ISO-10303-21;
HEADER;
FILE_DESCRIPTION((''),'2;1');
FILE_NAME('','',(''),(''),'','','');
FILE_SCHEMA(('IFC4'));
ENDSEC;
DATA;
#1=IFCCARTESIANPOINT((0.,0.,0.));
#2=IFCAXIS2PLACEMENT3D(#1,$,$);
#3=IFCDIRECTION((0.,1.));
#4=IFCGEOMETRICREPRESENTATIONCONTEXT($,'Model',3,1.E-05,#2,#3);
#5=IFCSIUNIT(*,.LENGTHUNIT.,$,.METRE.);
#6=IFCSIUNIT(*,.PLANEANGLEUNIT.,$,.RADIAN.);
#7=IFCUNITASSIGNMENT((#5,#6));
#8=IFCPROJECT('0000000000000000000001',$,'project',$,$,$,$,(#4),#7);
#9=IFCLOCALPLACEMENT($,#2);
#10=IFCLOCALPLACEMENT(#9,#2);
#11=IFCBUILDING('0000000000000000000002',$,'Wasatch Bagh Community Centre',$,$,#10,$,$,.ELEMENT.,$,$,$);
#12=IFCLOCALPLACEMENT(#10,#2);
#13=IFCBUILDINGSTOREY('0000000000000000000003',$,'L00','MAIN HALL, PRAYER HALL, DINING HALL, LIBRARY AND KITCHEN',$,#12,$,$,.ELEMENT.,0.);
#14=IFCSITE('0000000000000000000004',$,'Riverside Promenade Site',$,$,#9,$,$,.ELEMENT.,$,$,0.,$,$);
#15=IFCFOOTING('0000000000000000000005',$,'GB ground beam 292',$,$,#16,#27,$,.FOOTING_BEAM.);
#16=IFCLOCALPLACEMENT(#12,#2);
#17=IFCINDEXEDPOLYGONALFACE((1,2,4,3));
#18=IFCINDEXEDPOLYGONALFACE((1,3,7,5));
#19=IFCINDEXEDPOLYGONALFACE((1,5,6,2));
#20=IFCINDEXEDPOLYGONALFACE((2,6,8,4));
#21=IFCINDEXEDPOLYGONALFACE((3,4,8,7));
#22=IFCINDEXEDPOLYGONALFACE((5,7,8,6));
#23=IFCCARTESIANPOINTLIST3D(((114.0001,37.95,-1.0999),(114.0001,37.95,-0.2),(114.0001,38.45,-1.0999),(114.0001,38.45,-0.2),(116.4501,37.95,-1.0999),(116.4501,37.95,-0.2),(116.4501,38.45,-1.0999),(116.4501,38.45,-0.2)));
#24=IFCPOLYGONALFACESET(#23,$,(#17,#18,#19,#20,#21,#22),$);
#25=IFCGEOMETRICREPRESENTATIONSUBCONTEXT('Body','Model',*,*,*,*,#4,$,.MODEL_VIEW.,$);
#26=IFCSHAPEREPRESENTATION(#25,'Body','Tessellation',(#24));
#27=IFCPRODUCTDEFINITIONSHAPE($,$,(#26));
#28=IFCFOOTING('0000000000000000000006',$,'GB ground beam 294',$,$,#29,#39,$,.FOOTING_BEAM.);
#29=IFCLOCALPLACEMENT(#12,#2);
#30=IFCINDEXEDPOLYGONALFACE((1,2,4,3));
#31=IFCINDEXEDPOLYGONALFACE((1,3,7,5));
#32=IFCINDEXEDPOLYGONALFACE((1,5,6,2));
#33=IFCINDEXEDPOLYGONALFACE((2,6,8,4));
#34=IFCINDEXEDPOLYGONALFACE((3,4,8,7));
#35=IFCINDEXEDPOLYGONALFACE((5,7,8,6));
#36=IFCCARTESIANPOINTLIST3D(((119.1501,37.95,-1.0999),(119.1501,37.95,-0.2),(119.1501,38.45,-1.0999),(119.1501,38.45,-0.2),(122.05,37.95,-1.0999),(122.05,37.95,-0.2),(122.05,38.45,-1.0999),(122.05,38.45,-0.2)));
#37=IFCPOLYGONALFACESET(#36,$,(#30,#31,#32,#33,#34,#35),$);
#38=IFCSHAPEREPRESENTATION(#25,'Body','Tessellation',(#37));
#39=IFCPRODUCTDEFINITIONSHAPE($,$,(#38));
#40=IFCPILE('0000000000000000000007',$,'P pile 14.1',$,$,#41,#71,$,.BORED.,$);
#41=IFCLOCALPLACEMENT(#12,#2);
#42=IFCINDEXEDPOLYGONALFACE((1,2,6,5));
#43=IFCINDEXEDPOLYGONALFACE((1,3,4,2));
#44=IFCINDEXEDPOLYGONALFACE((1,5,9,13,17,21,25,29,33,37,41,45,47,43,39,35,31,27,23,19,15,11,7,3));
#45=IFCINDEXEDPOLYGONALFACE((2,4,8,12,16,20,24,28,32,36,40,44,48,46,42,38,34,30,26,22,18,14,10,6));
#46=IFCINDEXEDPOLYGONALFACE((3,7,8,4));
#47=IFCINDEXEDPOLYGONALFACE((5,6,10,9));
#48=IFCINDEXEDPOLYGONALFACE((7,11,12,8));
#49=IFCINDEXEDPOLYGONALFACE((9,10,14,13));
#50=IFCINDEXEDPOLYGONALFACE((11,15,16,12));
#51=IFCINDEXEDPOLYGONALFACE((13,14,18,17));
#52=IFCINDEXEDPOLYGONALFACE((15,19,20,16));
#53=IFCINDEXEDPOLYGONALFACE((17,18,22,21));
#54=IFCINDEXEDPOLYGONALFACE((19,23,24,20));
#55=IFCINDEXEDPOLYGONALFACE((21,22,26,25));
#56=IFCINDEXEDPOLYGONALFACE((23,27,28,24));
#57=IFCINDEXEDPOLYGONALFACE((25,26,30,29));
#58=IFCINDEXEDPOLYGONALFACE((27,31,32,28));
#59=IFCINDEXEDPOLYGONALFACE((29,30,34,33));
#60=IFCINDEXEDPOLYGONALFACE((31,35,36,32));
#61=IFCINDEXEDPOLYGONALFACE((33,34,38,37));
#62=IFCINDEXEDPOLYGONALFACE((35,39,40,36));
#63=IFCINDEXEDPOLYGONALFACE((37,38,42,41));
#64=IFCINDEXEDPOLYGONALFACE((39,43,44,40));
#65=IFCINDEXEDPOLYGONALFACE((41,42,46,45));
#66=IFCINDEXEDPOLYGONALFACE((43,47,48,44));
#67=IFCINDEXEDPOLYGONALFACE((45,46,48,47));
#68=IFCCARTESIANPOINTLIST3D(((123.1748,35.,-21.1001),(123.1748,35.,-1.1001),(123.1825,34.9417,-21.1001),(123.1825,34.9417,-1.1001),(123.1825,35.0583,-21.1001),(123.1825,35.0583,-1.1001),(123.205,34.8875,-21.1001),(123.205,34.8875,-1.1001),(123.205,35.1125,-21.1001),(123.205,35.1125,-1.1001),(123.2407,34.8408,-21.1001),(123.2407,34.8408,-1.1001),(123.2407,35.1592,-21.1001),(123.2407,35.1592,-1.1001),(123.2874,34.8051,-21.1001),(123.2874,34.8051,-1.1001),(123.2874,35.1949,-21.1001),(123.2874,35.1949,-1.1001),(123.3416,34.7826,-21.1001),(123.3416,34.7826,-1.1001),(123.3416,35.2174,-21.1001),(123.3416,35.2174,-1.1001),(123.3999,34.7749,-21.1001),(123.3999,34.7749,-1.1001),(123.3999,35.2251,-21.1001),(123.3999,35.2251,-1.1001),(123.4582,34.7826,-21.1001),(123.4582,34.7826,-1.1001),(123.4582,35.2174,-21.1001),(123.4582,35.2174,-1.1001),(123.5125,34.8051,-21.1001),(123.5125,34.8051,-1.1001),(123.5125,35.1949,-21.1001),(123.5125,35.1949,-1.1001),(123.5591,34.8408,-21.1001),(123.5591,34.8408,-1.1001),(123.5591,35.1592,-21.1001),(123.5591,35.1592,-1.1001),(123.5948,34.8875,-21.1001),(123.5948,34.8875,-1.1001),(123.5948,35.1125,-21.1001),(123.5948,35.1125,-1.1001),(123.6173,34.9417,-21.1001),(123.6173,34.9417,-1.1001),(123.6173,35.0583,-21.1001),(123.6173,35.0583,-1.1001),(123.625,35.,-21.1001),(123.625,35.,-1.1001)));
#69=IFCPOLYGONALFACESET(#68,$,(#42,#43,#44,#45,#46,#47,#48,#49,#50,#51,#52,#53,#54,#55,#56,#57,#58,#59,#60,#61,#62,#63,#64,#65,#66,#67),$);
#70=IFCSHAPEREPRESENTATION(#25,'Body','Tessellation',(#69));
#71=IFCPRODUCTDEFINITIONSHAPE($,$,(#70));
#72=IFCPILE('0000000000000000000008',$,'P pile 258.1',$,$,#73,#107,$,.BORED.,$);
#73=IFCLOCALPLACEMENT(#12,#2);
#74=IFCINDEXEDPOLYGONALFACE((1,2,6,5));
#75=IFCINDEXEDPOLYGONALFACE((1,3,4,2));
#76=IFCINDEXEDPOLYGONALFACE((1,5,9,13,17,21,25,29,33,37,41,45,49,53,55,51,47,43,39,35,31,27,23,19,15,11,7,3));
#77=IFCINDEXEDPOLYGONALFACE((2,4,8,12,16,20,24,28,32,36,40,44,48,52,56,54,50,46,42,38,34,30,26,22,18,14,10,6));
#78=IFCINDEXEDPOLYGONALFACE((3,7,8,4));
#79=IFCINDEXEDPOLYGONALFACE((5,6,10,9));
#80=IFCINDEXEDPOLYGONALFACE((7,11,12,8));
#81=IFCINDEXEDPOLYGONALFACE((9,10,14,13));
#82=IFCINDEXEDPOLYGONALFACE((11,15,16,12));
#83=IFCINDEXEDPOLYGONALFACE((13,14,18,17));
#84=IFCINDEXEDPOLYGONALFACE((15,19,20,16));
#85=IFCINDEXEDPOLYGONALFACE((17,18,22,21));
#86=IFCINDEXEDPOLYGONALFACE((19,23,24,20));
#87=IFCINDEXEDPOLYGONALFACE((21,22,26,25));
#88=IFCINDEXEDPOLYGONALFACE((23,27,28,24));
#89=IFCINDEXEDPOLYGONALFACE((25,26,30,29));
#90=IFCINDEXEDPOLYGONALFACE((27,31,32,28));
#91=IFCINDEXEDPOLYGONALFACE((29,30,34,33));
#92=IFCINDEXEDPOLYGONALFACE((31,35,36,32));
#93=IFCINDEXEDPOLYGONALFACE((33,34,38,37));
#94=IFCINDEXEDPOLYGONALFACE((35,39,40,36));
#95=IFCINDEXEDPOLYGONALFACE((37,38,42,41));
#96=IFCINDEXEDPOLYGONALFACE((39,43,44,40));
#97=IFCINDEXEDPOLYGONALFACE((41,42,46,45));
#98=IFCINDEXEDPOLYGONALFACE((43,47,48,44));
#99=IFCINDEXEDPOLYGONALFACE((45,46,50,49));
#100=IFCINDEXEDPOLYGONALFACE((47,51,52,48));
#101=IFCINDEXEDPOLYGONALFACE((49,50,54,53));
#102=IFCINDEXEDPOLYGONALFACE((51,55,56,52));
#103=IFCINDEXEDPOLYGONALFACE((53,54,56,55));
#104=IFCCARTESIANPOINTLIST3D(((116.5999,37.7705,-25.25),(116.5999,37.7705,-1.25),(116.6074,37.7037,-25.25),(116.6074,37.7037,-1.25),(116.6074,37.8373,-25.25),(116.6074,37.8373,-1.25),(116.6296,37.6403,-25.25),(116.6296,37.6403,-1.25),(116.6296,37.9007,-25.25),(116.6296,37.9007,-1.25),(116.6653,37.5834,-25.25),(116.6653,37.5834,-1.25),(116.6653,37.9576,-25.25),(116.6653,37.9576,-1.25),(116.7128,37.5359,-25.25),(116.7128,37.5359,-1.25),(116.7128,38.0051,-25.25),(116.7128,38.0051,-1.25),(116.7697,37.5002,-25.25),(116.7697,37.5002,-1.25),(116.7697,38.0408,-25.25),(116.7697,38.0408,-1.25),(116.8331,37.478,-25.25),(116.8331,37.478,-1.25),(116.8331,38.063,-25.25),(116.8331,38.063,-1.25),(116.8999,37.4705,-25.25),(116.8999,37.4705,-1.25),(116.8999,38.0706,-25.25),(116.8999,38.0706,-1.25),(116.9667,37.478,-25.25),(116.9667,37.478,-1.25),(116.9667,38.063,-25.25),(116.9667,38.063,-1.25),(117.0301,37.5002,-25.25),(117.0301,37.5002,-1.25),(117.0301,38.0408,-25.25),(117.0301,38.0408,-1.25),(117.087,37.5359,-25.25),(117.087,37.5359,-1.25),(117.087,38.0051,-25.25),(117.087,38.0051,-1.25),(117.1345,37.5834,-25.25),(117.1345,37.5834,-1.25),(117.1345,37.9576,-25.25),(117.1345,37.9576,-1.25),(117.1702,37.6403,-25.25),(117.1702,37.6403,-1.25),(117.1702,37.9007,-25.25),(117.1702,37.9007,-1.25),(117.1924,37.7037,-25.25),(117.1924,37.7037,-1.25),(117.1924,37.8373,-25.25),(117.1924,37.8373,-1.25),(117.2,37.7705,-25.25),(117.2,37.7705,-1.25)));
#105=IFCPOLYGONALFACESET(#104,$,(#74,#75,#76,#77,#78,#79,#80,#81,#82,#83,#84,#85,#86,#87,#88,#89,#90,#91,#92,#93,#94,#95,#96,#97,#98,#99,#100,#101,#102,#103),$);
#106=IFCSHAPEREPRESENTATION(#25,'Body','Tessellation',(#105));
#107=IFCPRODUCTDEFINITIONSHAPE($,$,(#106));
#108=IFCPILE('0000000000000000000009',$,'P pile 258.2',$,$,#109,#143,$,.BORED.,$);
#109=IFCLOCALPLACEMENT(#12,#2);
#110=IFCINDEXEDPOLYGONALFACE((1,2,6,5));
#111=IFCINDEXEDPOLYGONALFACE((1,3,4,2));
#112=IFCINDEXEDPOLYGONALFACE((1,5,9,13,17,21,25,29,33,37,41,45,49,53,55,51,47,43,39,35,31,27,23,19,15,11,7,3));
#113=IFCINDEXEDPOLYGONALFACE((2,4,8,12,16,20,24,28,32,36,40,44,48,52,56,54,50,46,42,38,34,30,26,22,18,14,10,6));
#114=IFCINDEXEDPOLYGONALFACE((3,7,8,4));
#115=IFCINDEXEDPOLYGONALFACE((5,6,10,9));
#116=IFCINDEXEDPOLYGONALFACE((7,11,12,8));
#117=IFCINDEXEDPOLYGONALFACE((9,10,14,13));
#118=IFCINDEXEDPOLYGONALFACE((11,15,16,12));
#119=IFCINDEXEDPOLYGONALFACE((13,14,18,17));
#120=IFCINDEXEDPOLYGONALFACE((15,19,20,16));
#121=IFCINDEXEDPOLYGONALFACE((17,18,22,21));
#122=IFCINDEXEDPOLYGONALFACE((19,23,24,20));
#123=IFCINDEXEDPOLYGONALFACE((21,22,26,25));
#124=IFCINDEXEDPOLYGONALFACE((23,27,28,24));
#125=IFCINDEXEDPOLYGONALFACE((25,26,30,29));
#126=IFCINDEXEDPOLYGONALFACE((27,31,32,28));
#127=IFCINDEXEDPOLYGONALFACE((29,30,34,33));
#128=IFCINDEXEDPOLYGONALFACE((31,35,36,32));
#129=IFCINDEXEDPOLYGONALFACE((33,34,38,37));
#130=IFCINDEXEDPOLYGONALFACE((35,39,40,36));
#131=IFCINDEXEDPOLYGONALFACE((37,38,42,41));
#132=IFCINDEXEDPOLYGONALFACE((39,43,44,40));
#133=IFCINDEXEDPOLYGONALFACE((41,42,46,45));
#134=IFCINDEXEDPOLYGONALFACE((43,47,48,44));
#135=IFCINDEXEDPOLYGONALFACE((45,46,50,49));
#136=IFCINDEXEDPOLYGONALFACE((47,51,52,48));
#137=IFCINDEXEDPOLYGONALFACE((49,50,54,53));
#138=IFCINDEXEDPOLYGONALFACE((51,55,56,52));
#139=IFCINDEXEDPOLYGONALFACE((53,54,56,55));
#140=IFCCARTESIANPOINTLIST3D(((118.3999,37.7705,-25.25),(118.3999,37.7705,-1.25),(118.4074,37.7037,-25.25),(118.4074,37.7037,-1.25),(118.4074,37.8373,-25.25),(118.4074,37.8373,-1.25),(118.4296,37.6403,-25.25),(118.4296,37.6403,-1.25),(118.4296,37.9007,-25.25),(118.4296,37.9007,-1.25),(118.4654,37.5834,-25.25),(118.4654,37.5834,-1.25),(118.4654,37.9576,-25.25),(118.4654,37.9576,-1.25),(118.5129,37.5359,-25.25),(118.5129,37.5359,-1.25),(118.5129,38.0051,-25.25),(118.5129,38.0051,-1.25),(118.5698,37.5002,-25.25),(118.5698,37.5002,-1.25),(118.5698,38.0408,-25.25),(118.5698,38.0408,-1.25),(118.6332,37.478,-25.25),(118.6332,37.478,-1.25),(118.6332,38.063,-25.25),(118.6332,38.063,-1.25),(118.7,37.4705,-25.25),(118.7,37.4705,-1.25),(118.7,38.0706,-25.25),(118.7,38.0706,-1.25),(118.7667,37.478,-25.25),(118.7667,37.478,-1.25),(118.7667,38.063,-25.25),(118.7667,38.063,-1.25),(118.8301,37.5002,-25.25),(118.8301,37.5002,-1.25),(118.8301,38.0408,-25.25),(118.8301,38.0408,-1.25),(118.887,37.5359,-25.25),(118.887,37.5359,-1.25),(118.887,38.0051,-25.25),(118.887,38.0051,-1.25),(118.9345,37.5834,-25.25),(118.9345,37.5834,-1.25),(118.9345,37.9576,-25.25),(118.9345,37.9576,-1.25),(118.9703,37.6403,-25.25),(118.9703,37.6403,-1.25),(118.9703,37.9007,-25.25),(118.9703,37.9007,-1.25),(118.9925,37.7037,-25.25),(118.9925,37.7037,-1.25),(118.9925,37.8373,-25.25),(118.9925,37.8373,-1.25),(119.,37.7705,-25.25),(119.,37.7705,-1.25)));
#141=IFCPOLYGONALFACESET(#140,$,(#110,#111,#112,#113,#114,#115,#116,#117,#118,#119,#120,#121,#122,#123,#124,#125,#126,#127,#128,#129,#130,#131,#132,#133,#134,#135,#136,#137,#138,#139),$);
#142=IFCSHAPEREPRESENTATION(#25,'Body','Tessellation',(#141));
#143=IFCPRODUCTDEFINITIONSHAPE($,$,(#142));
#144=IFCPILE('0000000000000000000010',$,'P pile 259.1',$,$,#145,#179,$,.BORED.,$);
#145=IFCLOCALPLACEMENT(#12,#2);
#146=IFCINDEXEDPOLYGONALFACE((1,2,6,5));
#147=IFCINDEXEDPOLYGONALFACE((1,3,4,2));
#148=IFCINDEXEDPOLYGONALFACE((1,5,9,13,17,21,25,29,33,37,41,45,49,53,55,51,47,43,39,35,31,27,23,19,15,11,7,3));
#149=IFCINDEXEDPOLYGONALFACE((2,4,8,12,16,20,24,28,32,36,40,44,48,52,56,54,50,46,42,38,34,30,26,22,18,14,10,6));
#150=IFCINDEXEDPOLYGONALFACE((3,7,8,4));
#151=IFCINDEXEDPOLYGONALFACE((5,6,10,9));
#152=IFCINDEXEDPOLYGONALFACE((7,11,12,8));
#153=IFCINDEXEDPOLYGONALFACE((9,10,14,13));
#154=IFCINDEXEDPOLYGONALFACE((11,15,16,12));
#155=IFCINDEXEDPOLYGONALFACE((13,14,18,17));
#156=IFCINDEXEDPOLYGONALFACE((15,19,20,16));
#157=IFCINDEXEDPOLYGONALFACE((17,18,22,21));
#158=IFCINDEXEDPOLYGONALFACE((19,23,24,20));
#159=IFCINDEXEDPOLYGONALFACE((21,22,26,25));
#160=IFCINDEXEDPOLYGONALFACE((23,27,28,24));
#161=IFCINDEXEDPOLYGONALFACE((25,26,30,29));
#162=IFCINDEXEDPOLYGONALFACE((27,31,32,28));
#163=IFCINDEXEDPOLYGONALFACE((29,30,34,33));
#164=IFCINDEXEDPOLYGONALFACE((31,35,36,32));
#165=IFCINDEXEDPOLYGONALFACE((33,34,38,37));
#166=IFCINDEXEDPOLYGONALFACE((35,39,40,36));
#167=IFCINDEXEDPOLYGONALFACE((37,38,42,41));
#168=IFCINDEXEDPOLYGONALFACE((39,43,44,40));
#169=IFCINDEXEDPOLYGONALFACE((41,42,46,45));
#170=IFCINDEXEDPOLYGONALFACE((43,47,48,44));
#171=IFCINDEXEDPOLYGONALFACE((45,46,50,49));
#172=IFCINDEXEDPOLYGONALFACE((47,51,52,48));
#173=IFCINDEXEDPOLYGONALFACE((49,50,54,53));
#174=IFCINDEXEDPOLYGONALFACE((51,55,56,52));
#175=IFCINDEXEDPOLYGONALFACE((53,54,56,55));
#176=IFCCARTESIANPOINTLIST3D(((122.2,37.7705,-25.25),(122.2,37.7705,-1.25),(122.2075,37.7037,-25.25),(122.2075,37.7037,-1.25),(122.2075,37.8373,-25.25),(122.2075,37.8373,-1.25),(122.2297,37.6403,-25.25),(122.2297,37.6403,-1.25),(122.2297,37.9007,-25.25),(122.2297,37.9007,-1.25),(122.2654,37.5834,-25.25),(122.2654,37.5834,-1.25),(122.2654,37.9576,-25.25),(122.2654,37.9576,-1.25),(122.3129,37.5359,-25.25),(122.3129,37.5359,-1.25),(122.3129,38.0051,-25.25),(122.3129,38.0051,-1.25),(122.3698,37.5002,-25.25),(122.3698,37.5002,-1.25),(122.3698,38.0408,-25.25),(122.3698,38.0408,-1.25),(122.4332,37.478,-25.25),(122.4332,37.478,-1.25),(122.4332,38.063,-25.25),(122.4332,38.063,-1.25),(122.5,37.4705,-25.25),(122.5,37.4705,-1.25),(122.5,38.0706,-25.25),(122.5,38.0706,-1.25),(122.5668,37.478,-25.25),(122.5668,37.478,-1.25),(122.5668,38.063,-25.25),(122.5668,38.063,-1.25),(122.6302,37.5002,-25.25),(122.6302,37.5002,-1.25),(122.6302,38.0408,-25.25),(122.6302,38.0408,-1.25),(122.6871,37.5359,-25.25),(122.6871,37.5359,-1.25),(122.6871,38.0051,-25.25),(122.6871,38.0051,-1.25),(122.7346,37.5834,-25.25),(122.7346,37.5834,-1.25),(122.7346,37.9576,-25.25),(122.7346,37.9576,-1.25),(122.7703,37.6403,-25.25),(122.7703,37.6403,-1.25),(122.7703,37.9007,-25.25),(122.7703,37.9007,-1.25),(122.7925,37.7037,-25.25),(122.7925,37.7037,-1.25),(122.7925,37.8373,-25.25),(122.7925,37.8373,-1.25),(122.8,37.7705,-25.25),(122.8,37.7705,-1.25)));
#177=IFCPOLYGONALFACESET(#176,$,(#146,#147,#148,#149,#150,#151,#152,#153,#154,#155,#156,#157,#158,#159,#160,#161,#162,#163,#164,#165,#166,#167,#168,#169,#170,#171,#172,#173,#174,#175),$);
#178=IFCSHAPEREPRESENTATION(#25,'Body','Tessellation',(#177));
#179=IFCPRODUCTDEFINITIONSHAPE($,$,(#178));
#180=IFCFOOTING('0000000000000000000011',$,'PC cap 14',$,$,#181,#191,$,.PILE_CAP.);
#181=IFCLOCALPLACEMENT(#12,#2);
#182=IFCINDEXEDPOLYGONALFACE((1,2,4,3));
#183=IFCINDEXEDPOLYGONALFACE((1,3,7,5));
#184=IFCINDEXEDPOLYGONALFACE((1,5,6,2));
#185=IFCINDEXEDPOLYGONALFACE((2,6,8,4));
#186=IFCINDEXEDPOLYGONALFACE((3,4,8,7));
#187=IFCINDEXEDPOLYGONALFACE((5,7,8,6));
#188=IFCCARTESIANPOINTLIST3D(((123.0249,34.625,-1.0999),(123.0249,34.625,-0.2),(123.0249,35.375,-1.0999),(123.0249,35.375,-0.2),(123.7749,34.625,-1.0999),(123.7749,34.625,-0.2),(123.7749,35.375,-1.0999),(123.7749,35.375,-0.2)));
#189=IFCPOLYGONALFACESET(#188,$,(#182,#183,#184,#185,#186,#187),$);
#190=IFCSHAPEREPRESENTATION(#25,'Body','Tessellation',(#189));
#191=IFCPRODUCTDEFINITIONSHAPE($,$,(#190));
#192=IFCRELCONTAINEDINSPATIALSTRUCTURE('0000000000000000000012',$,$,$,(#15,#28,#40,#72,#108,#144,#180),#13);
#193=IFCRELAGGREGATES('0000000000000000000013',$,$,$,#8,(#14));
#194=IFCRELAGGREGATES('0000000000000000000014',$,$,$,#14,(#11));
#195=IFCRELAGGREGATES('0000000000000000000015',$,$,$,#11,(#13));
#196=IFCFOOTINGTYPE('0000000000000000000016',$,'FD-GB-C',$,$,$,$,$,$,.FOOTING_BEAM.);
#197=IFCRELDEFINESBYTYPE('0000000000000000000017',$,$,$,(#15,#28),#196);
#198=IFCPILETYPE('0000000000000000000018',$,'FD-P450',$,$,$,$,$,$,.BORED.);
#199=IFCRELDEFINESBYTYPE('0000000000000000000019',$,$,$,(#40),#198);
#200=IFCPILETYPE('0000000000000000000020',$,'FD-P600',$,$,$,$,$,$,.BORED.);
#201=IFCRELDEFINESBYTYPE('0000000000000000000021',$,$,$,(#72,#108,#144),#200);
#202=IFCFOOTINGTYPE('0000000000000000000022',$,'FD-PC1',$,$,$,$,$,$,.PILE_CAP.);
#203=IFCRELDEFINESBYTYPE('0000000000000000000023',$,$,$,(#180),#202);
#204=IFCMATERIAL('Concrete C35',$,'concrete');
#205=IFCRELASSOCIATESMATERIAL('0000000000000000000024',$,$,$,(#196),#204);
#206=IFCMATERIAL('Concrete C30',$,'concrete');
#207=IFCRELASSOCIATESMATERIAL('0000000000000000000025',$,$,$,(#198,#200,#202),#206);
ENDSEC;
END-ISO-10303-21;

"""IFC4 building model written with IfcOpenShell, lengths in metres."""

from ifc_helpers import new_model, si_unit, direction, frame, origin, origin_2d, place, context, subcontext, project, spatial, rectangle, circle, extrude, material, material_profile, profile_set, type_object, element, save


model = new_model("IFC4")

# Units and contexts
model_context = context("Model", 3, precision=1e-05, world=origin(), true_north=direction((0.0, 1.0)))
body_context = subcontext(model_context, "Body", "Model", "MODEL_VIEW")
ifc_project = project(units=[si_unit("LENGTHUNIT", "METRE"), si_unit("PLANEANGLEUNIT", "RADIAN")], contexts=[model_context])

# Site, building, storey
site_placement = place(None, origin())
site = spatial("IfcSite", under=ifc_project, at=site_placement, Name="Riverside Promenade Site", CompositionType="ELEMENT", RefElevation=0.0)
building_placement = place(site_placement, origin())
building = spatial("IfcBuilding", under=site, at=building_placement, Name="Wasatch Bagh Community Centre", CompositionType="ELEMENT")
storey_placement = place(building_placement, origin())
storey = spatial("IfcBuildingStorey", under=building, at=storey_placement, Name="L00", Description="MAIN HALL, PRAYER HALL, DINING HALL, LIBRARY AND KITCHEN", CompositionType="ELEMENT", Elevation=0.0)

# Footings
ifc_material_1 = material(Name="Concrete C35", Category="concrete")
footing_type_1 = type_object("IfcFootingType", Name="FD-GB-C", PredefinedType="FOOTING_BEAM", material=ifc_material_1)
footing_1_placement = place(storey_placement, frame((115.2251, 38.2, -1.0999), z_axis=(0.0, 0.0, 1.0), x_axis=(1.0, 0.0, 0.0)))
element("IfcFooting", 1, at=footing_1_placement, inside=storey, type_object=footing_type_1, Name="GB ground beam 292", PredefinedType="FOOTING_BEAM", context=body_context, shape_type="SweptSolid", body=[
    extrude(rectangle(XDim=2.45, YDim=0.5, at=origin_2d()), origin(), (0.0, 0.0, 1.0), 0.8999),
])
footing_2_placement = place(storey_placement, frame((120.6001, 38.2, -1.0999), z_axis=(0.0, 0.0, 1.0), x_axis=(1.0, 0.0, 0.0)))
element("IfcFooting", 2, at=footing_2_placement, inside=storey, type_object=footing_type_1, Name="GB ground beam 294", PredefinedType="FOOTING_BEAM", context=body_context, shape_type="SweptSolid", body=[
    extrude(rectangle(XDim=2.8999, YDim=0.5, at=origin_2d()), origin(), (0.0, 0.0, 1.0), 0.8999),
])

# Piles
ifc_material_2 = material(Name="Concrete C30", Category="concrete")
ifc_material_profile_1 = material_profile(ifc_material_2, circle(Radius=0.2251, at=origin_2d()), Name="RC D450")
ifc_profile_set_1 = profile_set([ifc_material_profile_1], Name="Concrete C30")
pile_type_1 = type_object("IfcPileType", Name="FD-P450", PredefinedType="BORED", material=ifc_profile_set_1)
pile_placement = place(storey_placement, frame((123.3999, 35.0, -1.1001), z_axis=(0.0, 0.0, -1.0), x_axis=(1.0, 0.0, 0.0)))
element("IfcPile", 3, at=pile_placement, inside=storey, type_object=pile_type_1, Name="P pile 14.1", PredefinedType="BORED", context=body_context, shape_type="SweptSolid", body=[
    extrude(circle(Radius=0.2251, at=origin_2d()), origin(), (0.0, 0.0, 1.0), 20.0),
])
ifc_material_profile_2 = material_profile(ifc_material_2, circle(Radius=0.3, at=origin_2d()), Name="RC D600")
ifc_profile_set_2 = profile_set([ifc_material_profile_2], Name="Concrete C30")
pile_type_2 = type_object("IfcPileType", Name="FD-P600", PredefinedType="BORED", material=ifc_profile_set_2)
for number, where, z_axis, x_axis, name in (
    (4, (116.8999, 37.7705, -1.25), (0.0, 0.0, -1.0), (1.0, 0.0, 0.0), "P pile 258.1"),
    (5, (118.7, 37.7705, -1.25), (0.0, 0.0, -1.0), (1.0, 0.0, 0.0), "P pile 258.2"),
    (6, (122.5, 37.7705, -1.25), (0.0, 0.0, -1.0), (1.0, 0.0, 0.0), "P pile 259.1"),
):
    element("IfcPile", number, at=place(storey_placement, frame(where, z_axis=z_axis, x_axis=x_axis)), inside=storey, type_object=pile_type_2, Name=name, PredefinedType="BORED", context=body_context, shape_type="SweptSolid", body=[
        extrude(circle(Radius=0.3, at=origin_2d()), origin(), (0.0, 0.0, 1.0), 24.0),
    ])

# Footing
footing_type_2 = type_object("IfcFootingType", Name="FD-PC1", PredefinedType="PILE_CAP", material=ifc_material_2)
footing_3_placement = place(storey_placement, frame((123.3999, 35.0, -1.0999), z_axis=(0.0, 0.0, 1.0), x_axis=(1.0, 0.0, 0.0)))
element("IfcFooting", 7, at=footing_3_placement, inside=storey, type_object=footing_type_2, Name="PC cap 14", PredefinedType="PILE_CAP", context=body_context, shape_type="SweptSolid", body=[
    extrude(rectangle(XDim=0.75, YDim=0.75, at=origin_2d()), origin(), (0.0, 0.0, 1.0), 0.8999),
])

save(model, "model.ifc")
